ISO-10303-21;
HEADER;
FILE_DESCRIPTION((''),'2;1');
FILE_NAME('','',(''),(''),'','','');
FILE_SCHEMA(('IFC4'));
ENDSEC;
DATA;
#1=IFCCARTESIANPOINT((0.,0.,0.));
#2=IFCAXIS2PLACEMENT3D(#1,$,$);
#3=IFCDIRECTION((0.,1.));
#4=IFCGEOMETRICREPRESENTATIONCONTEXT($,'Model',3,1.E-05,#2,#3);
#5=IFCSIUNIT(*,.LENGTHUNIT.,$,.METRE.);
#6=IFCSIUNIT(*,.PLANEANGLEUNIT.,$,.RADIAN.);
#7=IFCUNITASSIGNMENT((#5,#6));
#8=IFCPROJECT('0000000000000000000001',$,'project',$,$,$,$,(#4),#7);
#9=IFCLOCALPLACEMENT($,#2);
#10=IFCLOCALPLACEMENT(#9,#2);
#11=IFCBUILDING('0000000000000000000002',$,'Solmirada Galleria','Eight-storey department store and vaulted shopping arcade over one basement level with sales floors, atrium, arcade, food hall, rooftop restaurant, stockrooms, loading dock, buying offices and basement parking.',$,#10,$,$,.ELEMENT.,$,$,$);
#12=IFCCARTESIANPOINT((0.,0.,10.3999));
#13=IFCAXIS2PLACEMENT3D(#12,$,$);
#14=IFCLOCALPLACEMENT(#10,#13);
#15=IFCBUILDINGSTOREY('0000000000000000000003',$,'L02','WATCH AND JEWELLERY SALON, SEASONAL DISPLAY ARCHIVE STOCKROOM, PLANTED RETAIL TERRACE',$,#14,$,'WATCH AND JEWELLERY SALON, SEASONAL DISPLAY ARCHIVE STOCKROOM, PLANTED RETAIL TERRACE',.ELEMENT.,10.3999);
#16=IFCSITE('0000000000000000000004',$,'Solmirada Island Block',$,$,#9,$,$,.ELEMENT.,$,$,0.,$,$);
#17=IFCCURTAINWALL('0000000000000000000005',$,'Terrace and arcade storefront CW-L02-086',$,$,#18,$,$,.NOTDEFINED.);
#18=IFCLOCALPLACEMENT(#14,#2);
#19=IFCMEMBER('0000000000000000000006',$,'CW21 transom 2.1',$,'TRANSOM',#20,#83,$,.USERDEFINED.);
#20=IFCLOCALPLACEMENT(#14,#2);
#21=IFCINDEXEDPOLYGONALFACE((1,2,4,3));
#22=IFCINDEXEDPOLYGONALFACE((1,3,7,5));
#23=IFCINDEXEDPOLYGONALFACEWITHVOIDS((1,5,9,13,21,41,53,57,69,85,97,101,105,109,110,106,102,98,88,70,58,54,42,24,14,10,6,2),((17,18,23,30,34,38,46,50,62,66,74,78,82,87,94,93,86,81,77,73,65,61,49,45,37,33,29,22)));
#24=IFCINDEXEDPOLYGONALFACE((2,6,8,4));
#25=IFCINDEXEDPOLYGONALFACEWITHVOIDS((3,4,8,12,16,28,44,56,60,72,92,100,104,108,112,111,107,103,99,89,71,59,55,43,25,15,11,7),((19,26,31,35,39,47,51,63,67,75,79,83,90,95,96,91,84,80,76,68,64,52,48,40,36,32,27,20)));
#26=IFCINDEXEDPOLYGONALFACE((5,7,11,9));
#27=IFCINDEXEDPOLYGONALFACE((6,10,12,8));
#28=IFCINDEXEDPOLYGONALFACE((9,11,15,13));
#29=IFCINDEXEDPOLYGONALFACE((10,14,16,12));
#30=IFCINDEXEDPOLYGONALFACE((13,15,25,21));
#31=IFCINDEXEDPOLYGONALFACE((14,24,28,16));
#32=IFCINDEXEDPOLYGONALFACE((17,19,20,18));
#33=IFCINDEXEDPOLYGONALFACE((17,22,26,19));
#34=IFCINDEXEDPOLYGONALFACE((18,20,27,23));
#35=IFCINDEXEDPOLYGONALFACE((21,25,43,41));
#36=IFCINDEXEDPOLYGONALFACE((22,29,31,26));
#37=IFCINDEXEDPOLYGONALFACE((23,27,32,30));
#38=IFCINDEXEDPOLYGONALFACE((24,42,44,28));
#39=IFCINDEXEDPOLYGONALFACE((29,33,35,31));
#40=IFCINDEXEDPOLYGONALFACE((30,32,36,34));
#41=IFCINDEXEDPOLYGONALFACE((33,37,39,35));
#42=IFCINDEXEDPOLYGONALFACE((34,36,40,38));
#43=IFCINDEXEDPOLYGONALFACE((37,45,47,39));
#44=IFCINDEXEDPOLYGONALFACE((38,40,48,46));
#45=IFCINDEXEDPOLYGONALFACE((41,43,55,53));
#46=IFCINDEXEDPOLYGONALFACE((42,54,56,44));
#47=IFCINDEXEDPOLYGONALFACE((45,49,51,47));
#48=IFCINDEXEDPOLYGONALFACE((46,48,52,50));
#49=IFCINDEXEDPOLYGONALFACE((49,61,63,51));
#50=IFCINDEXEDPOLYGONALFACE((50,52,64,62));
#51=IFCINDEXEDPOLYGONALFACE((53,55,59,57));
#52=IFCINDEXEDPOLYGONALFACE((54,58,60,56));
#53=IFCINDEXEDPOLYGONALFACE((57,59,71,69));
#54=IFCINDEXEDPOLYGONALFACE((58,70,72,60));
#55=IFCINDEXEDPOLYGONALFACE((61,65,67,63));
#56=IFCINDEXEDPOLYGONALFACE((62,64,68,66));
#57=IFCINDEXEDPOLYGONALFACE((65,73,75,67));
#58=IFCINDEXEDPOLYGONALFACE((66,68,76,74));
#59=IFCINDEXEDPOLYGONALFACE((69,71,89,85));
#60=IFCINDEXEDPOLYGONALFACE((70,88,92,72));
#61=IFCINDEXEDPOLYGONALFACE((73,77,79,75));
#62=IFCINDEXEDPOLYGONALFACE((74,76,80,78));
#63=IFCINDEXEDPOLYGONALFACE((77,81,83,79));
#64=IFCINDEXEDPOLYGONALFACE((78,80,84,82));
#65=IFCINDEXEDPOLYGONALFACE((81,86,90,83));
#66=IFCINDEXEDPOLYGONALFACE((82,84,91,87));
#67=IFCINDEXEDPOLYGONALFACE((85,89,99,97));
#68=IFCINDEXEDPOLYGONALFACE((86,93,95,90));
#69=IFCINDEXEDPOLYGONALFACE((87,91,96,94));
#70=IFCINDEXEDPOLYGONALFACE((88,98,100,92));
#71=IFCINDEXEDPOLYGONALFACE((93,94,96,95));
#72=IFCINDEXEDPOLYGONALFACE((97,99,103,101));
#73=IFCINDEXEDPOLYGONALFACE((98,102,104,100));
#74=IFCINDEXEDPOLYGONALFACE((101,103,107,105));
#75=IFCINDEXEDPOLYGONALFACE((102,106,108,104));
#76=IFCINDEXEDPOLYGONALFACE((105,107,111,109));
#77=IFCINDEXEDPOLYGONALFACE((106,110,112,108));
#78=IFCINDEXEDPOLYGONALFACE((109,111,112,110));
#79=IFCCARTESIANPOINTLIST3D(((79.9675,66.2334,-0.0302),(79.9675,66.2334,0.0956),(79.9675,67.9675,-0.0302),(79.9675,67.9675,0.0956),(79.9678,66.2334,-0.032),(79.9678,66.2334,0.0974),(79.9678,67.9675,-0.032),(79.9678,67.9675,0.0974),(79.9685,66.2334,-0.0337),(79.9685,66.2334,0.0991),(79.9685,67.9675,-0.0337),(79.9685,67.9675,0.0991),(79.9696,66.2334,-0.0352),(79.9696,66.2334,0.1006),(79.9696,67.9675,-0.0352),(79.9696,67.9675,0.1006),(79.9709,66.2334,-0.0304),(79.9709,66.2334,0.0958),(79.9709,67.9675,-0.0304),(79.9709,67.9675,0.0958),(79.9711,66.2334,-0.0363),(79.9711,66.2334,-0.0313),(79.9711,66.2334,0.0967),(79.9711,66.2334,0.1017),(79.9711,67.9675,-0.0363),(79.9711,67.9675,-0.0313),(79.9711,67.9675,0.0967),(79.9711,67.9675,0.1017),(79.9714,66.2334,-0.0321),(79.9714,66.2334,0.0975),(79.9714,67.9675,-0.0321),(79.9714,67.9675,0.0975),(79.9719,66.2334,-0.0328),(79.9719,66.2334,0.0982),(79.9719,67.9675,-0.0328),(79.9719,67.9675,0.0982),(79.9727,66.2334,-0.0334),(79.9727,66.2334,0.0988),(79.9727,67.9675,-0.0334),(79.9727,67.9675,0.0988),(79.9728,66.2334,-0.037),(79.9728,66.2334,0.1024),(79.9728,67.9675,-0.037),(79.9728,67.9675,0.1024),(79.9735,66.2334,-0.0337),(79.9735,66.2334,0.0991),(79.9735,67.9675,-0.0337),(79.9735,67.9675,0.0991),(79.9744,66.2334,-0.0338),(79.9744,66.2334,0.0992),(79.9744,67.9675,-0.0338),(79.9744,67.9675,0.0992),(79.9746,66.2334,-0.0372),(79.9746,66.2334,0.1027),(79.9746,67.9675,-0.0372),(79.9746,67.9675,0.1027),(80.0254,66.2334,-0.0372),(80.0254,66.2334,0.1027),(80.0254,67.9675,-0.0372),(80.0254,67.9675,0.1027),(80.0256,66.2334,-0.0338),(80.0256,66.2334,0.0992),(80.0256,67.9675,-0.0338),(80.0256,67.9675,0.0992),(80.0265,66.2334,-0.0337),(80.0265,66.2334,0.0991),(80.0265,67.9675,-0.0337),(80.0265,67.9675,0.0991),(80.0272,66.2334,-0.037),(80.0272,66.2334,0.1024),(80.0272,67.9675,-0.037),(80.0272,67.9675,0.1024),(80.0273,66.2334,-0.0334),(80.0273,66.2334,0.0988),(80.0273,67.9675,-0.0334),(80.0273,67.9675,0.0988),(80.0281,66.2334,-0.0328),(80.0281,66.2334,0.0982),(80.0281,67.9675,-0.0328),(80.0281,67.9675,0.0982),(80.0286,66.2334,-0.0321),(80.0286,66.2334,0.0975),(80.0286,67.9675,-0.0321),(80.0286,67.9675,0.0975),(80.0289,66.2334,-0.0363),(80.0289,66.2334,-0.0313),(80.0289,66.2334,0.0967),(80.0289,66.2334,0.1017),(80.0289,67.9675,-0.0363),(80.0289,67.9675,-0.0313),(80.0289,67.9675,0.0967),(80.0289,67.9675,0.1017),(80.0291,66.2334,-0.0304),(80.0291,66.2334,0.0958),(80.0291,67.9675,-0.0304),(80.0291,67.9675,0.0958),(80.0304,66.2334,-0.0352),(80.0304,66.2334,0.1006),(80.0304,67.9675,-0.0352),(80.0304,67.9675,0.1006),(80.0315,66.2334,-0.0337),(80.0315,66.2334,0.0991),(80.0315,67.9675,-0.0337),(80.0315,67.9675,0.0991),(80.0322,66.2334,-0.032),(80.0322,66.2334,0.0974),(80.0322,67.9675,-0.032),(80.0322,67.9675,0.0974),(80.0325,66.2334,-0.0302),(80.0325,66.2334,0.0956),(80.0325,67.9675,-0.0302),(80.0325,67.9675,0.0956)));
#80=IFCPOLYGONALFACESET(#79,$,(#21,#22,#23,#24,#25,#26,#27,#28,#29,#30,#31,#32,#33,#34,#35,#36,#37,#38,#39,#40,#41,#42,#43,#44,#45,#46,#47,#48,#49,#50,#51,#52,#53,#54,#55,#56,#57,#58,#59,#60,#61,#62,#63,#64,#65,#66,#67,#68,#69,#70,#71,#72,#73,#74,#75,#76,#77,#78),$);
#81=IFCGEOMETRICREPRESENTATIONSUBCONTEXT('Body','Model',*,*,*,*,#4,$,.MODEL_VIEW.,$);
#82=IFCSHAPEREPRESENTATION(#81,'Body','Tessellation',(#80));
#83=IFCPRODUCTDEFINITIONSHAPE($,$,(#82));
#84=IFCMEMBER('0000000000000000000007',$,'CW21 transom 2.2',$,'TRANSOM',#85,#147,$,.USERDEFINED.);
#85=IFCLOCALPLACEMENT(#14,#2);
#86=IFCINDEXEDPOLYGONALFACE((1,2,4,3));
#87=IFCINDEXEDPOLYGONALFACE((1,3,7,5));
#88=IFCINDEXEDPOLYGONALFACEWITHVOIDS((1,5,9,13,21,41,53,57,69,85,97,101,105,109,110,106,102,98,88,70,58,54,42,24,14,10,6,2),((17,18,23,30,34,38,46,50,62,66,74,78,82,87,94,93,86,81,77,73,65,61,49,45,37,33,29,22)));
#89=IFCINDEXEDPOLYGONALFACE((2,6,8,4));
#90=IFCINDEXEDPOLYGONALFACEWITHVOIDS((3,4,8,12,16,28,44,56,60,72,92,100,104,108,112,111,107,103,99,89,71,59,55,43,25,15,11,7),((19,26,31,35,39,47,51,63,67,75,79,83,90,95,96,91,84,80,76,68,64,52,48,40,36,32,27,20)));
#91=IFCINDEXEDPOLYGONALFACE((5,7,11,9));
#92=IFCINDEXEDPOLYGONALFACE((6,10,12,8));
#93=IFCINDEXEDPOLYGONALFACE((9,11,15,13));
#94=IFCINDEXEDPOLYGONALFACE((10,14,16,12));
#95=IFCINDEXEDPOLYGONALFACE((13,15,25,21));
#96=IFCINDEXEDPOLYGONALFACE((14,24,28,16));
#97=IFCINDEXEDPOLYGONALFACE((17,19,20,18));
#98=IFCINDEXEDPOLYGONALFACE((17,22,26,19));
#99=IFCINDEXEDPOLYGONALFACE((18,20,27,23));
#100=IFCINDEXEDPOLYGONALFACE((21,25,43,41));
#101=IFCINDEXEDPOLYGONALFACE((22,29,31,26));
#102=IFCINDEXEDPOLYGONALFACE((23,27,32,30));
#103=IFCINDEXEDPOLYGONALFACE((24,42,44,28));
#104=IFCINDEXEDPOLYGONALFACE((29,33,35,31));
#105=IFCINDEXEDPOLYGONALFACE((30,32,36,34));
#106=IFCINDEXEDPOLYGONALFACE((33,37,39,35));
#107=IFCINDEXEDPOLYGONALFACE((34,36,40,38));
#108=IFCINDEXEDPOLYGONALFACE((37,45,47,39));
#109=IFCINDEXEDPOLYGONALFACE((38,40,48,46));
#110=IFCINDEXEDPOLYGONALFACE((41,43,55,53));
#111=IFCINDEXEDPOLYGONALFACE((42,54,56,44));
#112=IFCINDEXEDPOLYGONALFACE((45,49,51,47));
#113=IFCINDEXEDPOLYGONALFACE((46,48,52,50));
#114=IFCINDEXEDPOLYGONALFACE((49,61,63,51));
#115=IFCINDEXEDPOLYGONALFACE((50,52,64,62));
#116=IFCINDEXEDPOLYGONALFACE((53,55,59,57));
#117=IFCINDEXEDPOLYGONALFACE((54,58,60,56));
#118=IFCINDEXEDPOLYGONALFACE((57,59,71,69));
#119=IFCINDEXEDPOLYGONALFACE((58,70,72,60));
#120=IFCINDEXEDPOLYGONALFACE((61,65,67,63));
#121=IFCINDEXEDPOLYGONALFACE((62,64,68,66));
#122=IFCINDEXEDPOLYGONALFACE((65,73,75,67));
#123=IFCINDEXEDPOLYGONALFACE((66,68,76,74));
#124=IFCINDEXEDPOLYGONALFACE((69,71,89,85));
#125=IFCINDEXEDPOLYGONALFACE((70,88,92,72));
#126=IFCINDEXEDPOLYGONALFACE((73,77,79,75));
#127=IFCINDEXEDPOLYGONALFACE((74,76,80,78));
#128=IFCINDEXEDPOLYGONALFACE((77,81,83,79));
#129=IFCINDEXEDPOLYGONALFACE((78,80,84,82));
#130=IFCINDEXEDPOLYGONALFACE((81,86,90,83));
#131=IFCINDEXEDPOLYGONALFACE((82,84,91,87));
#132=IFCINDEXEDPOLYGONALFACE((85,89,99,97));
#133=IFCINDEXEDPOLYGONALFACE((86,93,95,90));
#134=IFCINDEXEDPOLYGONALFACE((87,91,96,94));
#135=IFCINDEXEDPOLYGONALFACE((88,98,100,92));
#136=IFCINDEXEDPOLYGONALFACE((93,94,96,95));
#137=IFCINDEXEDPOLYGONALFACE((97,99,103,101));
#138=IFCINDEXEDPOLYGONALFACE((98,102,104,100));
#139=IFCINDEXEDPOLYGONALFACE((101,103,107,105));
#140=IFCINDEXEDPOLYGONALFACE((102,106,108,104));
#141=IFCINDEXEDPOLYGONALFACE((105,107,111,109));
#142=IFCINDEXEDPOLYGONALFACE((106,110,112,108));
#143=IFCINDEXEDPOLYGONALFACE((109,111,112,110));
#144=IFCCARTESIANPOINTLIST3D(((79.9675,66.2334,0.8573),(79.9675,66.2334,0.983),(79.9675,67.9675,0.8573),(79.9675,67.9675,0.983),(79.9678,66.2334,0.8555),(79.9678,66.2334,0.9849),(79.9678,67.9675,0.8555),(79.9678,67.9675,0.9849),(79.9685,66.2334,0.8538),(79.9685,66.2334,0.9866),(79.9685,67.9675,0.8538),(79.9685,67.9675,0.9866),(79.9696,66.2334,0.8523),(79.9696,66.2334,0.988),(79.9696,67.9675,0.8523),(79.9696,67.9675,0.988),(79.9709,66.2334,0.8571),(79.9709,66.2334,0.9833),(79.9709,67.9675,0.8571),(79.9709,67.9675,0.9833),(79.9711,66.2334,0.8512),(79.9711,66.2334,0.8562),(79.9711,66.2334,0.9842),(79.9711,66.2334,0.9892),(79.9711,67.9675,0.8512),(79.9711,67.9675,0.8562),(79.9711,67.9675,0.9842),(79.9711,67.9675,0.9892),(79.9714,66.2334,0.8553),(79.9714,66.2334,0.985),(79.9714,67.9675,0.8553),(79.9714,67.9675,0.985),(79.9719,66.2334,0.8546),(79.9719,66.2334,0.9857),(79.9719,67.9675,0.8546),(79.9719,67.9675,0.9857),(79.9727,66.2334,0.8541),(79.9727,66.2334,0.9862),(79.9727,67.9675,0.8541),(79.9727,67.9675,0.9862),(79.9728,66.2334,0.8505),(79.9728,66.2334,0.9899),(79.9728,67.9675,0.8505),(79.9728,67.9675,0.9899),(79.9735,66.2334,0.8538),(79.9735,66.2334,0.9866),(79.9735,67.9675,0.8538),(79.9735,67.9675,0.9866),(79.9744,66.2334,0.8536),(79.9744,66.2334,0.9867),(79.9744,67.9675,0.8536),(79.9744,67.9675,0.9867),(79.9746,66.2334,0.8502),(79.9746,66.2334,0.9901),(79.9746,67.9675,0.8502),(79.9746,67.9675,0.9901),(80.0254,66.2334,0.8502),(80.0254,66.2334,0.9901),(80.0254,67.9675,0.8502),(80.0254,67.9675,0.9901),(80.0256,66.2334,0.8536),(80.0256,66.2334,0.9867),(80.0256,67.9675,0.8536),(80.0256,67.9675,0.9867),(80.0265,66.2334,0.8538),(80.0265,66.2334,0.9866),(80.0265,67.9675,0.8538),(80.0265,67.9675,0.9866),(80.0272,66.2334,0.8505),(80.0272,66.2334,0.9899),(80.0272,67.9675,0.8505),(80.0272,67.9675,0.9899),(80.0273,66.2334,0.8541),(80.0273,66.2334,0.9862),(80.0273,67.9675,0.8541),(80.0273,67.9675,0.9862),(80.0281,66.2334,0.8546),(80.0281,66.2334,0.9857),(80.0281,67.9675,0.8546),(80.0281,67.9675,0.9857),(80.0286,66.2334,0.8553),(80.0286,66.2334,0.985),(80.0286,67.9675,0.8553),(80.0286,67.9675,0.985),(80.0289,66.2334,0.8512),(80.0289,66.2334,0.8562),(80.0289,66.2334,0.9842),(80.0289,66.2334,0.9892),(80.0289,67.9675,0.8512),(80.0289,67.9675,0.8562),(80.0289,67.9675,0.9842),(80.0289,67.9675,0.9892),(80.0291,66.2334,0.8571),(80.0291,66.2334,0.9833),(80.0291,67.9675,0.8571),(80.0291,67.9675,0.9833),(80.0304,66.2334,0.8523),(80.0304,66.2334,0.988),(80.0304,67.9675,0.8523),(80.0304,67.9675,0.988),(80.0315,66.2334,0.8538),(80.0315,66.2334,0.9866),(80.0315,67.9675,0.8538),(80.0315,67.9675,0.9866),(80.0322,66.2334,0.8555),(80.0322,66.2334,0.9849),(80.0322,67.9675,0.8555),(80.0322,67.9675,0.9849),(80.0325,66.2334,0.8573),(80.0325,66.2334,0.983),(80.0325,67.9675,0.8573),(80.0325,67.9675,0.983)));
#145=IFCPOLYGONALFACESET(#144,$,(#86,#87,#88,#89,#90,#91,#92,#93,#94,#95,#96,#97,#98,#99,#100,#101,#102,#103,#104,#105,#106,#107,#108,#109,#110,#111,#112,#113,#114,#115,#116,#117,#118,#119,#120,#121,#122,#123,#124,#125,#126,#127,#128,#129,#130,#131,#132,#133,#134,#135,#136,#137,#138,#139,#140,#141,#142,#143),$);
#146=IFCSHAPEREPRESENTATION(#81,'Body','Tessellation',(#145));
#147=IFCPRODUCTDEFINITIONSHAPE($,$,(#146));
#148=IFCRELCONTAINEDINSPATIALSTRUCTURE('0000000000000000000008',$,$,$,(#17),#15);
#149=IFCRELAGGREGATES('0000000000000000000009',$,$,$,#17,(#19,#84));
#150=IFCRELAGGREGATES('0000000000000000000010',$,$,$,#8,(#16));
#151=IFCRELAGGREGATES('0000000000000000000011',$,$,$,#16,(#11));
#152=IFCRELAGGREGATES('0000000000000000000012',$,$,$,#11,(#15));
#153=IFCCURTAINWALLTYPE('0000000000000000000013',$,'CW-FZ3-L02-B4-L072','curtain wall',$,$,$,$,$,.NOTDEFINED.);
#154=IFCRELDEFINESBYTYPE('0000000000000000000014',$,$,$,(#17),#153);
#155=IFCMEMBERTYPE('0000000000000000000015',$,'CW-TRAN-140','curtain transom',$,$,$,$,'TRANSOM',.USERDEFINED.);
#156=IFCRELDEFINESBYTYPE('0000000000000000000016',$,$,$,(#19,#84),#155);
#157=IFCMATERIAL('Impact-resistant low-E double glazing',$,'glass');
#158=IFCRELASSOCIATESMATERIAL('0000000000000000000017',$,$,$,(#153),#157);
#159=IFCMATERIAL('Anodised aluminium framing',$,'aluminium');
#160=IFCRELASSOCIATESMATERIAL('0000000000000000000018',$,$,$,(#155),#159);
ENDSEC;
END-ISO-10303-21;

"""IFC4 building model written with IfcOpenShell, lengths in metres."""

from ifc_helpers import new_model, si_unit, direction, frame, origin, origin_2d, place, context, subcontext, project, spatial, hollow_rectangle, extrude, material, material_profile, profile_set, type_object, element, aggregate, save


model = new_model("IFC4")

# Units and contexts
model_context = context("Model", 3, precision=1e-05, world=origin(), true_north=direction((0.0, 1.0)))
body_context = subcontext(model_context, "Body", "Model", "MODEL_VIEW")
ifc_project = project(units=[si_unit("LENGTHUNIT", "METRE"), si_unit("PLANEANGLEUNIT", "RADIAN")], contexts=[model_context])

# Site, building, storey
site_placement = place(None, origin())
site = spatial("IfcSite", under=ifc_project, at=site_placement, Name="Solmirada Island Block", CompositionType="ELEMENT", RefElevation=0.0)
building_placement = place(site_placement, origin())
building = spatial("IfcBuilding", under=site, at=building_placement, Name="Solmirada Galleria", Description="Eight-storey department store and vaulted shopping arcade over one basement level with sales floors, atrium, arcade, food hall, rooftop restaurant, stockrooms, loading dock, buying offices and basement parking.", CompositionType="ELEMENT")
storey_placement = place(building_placement, frame((0.0, 0.0, 10.3999)))
storey = spatial("IfcBuildingStorey", under=building, at=storey_placement, Name="L02", Description="WATCH AND JEWELLERY SALON, SEASONAL DISPLAY ARCHIVE STOCKROOM, PLANTED RETAIL TERRACE", LongName="WATCH AND JEWELLERY SALON, SEASONAL DISPLAY ARCHIVE STOCKROOM, PLANTED RETAIL TERRACE", CompositionType="ELEMENT", Elevation=10.3999)

# Curtain wall
ifc_material_1 = material(Name="Impact-resistant low-E double glazing", Category="glass")
curtain_wall_type = type_object("IfcCurtainWallType", Name="CW-FZ3-L02-B4-L072", Description="curtain wall", PredefinedType="NOTDEFINED", material=ifc_material_1)
curtain_wall_1_placement = place(storey_placement, origin())
curtain_wall_1 = element("IfcCurtainWall", 1, at=curtain_wall_1_placement, inside=storey, type_object=curtain_wall_type, Name="Terrace and arcade storefront CW-L02-086", PredefinedType="NOTDEFINED")
ifc_material_2 = material(Name="Anodised aluminium framing", Category="aluminium")

# Members
ifc_material_profile_1 = material_profile(ifc_material_2, hollow_rectangle(XDim=0.0649, YDim=0.1399, WallThickness=0.0034, InnerFilletRadius=0.0034, OuterFilletRadius=0.0071, at=origin_2d()), Name="ALU-TRAN-140X65")
ifc_profile_set_1 = profile_set([ifc_material_profile_1], Name="Anodised aluminium framing")
member_type_1 = type_object("IfcMemberType", Name="CW-TRAN-140", Description="curtain transom", ElementType="TRANSOM", PredefinedType="USERDEFINED", material=ifc_profile_set_1)
member_1_placement = place(storey_placement, frame((80.0, 66.2334, 0.0327), z_axis=(0.0, 1.0, 0.0), x_axis=(-1.0, 0.0, 0.0)))
member_1 = element("IfcMember", 2, at=member_1_placement, type_object=member_type_1, Name="CW21 transom 2.1", ObjectType="TRANSOM", PredefinedType="USERDEFINED", context=body_context, shape_type="SweptSolid", body=[
    extrude(hollow_rectangle(XDim=0.0649, YDim=0.1399, WallThickness=0.0034, InnerFilletRadius=0.0034, OuterFilletRadius=0.0071, at=origin_2d()), origin(), (0.0, 0.0, 1.0), 1.7341),
])
member_2_placement = place(storey_placement, frame((80.0, 66.2334, 0.9202), z_axis=(0.0, 1.0, 0.0), x_axis=(-1.0, 0.0, 0.0)))
member_2 = element("IfcMember", 3, at=member_2_placement, type_object=member_type_1, Name="CW21 transom 2.2", ObjectType="TRANSOM", PredefinedType="USERDEFINED", context=body_context, shape_type="SweptSolid", body=[
    extrude(hollow_rectangle(XDim=0.0649, YDim=0.1399, WallThickness=0.0034, InnerFilletRadius=0.0034, OuterFilletRadius=0.0071, at=origin_2d()), origin(), (0.0, 0.0, 1.0), 1.7341),
])

aggregate(curtain_wall_1, [member_1, member_2])

save(model, "model.ifc")
